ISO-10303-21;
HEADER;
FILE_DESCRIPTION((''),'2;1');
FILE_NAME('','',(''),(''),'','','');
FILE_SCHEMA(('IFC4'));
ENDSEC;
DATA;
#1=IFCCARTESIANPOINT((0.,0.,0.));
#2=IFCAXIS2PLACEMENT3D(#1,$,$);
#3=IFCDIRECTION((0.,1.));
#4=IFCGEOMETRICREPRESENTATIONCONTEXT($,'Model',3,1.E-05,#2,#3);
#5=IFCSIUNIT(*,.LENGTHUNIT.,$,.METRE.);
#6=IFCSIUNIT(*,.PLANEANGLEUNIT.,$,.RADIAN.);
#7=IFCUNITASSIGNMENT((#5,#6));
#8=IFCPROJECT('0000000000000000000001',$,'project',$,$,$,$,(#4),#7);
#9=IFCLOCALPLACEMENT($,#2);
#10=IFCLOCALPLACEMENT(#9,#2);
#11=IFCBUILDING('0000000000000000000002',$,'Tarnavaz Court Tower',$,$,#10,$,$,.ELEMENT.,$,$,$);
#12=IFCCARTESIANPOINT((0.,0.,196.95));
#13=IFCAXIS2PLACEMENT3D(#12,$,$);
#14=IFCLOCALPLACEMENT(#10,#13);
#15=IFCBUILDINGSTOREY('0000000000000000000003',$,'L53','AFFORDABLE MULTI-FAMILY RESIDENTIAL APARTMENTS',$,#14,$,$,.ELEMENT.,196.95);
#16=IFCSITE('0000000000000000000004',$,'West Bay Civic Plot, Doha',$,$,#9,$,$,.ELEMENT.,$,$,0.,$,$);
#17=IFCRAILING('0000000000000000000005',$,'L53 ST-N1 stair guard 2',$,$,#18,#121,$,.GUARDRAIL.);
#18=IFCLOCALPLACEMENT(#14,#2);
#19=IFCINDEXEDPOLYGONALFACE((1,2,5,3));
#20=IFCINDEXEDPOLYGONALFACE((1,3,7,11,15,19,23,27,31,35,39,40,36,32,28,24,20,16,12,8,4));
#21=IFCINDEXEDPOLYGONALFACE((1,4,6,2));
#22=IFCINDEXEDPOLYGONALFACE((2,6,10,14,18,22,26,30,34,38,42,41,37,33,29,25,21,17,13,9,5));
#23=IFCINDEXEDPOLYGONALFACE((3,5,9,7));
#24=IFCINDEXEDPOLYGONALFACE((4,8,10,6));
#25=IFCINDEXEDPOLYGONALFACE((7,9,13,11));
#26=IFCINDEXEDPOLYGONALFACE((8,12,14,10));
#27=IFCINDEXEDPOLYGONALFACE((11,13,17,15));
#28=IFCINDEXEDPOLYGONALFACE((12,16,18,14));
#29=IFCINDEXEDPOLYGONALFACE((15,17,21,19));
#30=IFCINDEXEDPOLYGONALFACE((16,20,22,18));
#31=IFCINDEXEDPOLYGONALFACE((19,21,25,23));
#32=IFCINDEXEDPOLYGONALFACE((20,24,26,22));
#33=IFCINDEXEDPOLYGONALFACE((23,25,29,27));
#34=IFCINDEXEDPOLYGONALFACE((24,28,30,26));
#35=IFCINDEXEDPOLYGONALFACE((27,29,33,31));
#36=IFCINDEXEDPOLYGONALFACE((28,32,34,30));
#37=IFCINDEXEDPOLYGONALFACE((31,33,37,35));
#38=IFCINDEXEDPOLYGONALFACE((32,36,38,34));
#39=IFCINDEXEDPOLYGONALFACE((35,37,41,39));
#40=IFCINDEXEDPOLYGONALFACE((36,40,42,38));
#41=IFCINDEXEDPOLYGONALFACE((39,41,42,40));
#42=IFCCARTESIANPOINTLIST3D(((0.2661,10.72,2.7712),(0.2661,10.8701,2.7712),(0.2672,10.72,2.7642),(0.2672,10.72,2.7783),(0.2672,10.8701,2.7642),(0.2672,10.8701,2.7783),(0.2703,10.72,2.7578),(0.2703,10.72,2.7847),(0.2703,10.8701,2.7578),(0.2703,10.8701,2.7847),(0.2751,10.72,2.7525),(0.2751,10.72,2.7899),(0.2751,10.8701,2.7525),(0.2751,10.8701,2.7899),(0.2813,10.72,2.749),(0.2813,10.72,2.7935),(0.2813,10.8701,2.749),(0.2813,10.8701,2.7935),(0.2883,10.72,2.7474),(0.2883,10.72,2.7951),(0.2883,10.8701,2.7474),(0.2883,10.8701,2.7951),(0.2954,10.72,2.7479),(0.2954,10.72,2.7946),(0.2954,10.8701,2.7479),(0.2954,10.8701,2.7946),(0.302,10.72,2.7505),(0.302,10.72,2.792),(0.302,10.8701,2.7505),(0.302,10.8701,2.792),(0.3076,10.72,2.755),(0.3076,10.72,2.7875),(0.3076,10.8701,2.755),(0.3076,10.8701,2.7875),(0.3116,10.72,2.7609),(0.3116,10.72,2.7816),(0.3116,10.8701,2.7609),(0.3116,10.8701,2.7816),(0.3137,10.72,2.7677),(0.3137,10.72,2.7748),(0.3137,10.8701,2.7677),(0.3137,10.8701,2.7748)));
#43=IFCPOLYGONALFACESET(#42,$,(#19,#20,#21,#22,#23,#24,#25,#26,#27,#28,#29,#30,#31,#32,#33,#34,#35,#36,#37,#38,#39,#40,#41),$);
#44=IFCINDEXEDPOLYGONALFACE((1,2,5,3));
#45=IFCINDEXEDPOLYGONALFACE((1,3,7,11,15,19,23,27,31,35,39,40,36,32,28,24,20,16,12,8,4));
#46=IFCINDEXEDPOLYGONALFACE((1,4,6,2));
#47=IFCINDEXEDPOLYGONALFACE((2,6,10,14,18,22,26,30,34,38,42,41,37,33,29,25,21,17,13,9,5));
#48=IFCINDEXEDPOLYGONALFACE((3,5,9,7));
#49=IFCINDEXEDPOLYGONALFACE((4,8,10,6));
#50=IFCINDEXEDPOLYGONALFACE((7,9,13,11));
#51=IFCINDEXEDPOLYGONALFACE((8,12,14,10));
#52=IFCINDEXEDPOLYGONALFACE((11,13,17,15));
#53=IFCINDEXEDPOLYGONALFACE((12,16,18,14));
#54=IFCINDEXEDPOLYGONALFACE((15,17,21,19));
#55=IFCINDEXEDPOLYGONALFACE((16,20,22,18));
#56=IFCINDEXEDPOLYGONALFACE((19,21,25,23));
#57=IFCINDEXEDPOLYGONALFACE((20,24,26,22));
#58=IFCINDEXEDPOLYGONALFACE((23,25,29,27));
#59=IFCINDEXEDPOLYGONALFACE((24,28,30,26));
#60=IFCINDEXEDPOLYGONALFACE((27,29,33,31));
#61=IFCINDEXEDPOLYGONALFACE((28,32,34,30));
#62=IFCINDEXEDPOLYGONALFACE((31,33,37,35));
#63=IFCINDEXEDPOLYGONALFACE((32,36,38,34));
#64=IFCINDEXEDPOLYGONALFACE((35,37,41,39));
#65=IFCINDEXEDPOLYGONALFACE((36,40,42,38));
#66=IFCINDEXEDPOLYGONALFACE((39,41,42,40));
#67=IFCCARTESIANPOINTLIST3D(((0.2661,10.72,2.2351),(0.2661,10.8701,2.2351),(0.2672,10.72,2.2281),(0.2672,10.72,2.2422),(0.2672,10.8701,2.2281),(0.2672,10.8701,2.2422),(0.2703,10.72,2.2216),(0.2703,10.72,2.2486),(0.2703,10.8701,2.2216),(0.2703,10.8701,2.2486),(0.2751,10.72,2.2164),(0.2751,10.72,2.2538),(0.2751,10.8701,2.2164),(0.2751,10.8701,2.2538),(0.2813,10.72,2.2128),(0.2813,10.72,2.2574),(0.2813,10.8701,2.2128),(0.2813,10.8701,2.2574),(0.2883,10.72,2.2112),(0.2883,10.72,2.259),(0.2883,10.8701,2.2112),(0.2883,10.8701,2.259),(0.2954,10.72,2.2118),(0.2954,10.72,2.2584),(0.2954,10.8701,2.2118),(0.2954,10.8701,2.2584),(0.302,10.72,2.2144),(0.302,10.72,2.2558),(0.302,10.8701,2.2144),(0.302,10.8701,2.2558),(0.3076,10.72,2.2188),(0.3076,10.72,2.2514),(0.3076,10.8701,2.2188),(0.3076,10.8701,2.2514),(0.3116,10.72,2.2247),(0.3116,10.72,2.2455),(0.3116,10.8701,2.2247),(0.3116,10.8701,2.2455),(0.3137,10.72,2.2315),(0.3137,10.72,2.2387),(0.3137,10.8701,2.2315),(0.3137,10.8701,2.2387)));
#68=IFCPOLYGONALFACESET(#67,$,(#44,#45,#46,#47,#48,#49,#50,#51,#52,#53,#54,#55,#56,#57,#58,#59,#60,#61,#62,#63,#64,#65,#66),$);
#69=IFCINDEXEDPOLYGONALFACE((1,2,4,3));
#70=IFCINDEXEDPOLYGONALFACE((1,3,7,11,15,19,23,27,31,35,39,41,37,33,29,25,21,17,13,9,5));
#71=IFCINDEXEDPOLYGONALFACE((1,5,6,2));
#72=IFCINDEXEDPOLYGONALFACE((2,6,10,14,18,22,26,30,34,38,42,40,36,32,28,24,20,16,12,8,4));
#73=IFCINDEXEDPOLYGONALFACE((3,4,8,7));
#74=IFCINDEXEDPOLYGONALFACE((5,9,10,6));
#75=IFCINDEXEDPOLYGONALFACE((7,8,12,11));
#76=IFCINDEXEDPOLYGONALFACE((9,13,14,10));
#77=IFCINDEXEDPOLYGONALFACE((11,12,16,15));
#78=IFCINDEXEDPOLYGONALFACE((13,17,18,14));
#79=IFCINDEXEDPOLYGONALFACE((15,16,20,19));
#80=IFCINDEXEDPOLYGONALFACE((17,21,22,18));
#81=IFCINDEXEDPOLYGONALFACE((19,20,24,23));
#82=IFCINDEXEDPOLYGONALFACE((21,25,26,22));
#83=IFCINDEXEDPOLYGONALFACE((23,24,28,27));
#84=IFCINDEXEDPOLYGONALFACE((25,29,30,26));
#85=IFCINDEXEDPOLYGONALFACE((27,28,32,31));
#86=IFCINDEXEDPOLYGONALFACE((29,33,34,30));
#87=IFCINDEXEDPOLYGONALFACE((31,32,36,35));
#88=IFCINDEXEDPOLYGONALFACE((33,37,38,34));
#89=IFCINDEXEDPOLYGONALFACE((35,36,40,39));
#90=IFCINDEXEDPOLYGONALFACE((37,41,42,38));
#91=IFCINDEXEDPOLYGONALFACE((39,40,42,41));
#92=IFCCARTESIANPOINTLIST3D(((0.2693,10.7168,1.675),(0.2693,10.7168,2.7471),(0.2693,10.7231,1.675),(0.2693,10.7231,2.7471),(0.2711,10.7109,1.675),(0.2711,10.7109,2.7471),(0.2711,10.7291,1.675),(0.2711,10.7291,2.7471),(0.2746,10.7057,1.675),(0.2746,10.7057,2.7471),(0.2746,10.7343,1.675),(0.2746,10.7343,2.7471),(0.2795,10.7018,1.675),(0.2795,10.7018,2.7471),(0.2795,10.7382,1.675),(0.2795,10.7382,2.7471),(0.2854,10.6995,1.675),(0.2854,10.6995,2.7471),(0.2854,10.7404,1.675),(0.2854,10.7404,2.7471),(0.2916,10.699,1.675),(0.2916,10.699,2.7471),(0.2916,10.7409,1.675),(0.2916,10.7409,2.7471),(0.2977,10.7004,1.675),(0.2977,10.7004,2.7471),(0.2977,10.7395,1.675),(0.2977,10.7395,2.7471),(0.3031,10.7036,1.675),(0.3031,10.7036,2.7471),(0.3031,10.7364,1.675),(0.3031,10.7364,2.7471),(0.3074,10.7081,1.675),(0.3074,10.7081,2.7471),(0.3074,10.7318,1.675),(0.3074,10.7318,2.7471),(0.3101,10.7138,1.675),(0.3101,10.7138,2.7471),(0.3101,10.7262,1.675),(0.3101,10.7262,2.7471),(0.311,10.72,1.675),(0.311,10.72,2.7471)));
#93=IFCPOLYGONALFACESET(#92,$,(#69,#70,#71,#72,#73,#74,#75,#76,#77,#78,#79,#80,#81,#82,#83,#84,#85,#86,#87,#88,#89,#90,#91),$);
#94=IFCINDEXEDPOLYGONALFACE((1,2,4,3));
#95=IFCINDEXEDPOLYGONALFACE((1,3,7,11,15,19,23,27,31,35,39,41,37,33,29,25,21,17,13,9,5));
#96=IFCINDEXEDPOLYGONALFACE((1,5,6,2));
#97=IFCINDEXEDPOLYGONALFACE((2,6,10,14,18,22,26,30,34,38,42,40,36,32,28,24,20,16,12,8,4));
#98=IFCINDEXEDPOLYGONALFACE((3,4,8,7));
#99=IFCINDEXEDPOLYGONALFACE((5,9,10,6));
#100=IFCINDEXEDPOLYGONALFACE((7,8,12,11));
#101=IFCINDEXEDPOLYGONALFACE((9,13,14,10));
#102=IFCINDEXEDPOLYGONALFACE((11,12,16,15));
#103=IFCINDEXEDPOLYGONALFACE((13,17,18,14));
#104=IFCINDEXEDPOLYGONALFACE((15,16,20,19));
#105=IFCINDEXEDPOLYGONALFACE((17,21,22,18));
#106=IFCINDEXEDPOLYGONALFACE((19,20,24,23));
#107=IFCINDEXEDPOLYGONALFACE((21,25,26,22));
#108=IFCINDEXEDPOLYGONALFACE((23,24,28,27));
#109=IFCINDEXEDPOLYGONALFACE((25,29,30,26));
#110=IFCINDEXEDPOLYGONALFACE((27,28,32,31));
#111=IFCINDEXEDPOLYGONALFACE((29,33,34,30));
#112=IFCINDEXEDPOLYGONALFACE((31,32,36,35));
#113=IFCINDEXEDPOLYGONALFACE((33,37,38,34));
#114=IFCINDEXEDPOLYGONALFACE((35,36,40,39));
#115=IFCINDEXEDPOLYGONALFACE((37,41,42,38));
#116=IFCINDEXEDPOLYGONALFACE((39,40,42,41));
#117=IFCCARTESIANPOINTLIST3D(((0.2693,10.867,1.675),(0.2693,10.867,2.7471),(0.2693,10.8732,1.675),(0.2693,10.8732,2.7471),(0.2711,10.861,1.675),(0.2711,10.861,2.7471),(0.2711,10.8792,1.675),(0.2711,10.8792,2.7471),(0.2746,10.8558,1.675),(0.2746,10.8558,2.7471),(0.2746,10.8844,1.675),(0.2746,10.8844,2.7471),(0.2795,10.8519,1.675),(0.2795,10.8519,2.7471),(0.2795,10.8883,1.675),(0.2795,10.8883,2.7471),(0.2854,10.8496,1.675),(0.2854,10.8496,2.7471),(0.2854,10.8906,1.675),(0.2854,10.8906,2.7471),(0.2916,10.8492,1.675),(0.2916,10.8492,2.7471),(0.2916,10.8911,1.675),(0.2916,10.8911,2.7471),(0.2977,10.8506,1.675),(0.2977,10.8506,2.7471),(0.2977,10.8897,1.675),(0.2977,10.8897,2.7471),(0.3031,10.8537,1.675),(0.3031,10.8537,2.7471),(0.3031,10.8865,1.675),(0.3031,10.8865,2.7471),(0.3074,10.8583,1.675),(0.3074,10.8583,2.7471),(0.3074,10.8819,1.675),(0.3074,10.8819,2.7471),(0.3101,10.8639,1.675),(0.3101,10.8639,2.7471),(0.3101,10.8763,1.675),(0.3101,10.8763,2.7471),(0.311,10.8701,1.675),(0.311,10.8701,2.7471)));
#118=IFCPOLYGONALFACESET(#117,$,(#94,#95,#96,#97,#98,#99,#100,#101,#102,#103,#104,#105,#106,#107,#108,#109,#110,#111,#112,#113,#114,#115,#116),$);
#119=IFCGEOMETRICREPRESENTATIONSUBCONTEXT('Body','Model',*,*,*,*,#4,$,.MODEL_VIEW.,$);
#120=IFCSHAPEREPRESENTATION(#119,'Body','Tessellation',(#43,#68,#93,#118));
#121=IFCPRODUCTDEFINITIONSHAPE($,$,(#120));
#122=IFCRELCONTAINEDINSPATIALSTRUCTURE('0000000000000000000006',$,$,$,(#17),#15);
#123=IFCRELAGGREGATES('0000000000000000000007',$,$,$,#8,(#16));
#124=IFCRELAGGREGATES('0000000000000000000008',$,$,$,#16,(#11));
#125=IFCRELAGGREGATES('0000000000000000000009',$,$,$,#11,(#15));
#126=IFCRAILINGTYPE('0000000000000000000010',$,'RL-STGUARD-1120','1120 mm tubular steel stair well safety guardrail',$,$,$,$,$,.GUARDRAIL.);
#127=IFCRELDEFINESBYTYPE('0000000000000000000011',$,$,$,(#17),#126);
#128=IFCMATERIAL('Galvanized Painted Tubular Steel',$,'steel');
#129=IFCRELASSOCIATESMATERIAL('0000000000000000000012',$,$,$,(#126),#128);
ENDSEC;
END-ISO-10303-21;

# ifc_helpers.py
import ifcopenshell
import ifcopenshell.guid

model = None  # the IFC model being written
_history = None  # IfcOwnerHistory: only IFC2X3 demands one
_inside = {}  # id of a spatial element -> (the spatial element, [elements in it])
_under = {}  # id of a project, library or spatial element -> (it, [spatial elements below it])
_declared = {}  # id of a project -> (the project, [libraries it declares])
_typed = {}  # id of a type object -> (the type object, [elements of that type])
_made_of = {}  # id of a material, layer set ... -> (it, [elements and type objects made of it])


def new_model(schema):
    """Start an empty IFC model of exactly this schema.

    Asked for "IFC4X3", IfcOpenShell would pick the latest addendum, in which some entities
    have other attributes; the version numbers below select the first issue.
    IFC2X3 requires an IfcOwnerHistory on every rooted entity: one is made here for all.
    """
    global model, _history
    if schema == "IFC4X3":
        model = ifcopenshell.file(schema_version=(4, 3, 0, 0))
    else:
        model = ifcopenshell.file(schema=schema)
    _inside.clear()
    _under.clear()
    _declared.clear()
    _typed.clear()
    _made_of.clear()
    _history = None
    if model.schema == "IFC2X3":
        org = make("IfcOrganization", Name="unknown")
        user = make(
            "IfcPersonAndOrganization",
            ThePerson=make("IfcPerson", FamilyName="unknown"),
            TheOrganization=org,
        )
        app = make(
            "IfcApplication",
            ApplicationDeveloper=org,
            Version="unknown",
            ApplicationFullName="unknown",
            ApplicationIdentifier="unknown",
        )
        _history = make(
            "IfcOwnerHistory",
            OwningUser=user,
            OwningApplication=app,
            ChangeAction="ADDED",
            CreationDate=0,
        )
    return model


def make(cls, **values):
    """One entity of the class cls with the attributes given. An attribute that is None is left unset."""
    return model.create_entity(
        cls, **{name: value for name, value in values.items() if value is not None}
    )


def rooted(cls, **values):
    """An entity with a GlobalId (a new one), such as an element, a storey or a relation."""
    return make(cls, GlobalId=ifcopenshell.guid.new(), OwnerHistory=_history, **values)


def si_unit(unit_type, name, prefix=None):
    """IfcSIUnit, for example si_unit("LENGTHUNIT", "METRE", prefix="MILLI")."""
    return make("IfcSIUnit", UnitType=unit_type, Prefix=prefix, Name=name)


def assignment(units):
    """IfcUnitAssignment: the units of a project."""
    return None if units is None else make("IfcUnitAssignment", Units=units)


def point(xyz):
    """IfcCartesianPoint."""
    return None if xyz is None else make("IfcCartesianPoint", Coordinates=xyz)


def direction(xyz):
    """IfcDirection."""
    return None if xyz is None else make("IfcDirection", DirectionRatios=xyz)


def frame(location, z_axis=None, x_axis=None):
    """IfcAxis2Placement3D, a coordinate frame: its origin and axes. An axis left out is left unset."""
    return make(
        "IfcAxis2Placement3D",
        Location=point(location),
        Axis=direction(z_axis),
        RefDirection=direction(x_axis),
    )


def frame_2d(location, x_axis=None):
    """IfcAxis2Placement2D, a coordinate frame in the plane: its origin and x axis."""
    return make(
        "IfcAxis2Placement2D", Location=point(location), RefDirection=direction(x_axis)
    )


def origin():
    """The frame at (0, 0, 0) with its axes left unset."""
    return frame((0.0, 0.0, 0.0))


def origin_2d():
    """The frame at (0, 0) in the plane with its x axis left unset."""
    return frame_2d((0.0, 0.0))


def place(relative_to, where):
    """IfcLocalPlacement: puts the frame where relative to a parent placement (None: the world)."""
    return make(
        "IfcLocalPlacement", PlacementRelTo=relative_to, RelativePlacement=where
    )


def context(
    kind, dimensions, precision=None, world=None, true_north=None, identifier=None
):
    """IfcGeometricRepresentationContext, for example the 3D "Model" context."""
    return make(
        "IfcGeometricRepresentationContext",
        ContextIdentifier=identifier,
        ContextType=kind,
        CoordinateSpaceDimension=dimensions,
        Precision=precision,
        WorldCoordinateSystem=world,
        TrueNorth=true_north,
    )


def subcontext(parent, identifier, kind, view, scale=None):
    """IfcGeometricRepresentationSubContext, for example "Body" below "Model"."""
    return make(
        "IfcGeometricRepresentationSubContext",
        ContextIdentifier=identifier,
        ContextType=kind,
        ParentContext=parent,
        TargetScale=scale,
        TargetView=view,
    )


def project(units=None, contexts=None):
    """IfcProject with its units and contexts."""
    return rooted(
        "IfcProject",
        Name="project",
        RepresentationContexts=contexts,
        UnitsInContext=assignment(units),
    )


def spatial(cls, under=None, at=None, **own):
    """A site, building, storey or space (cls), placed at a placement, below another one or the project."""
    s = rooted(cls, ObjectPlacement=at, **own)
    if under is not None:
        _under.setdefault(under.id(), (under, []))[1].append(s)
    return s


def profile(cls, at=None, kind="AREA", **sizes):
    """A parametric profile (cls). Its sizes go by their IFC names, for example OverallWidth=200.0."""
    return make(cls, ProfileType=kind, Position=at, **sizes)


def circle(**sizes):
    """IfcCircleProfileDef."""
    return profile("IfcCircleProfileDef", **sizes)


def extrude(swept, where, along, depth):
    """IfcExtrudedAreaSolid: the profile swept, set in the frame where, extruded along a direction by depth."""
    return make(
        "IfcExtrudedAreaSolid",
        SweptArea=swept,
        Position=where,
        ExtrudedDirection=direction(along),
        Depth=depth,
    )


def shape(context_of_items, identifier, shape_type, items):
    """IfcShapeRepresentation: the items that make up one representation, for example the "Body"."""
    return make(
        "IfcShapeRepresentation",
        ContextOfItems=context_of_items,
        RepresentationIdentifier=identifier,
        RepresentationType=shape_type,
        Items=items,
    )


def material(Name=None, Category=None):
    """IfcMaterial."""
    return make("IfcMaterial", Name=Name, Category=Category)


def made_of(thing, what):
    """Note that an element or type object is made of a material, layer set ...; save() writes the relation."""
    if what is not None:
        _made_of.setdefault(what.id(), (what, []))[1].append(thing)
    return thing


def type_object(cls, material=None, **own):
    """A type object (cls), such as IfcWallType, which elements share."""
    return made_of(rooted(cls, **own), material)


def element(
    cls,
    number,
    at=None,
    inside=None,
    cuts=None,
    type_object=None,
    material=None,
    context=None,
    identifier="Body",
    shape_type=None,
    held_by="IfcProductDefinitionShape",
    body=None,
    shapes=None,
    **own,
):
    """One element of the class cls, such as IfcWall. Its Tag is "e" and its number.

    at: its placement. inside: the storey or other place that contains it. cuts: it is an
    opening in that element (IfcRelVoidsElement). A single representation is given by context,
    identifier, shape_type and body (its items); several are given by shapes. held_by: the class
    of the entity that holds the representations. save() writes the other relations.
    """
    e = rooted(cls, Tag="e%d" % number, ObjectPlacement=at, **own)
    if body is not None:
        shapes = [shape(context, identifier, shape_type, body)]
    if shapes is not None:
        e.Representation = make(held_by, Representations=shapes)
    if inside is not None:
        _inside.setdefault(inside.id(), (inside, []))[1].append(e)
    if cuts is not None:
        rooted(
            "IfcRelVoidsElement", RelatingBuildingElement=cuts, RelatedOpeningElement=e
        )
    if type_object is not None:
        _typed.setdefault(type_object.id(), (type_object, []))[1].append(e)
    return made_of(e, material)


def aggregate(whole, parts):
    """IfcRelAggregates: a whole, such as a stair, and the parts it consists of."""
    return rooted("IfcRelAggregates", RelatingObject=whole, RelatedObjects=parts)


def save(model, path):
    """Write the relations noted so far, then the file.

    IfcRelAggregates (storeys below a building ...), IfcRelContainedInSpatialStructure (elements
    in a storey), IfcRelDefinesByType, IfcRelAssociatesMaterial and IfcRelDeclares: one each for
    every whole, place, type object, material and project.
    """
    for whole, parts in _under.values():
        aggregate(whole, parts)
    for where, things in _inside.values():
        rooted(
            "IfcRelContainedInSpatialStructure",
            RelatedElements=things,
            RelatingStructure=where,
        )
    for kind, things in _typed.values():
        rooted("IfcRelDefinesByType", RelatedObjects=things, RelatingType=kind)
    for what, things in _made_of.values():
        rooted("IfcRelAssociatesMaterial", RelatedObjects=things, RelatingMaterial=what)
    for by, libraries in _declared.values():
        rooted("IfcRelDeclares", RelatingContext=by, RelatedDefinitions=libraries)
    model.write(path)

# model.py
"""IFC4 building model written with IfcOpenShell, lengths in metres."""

from ifc_helpers import new_model, si_unit, direction, frame, origin, origin_2d, place, context, subcontext, project, spatial, circle, extrude, material, type_object, element, save


model = new_model("IFC4")

# Units and contexts
model_context = context("Model", 3, precision=1e-05, world=origin(), true_north=direction((0.0, 1.0)))
body_context = subcontext(model_context, "Body", "Model", "MODEL_VIEW")
ifc_project = project(units=[si_unit("LENGTHUNIT", "METRE"), si_unit("PLANEANGLEUNIT", "RADIAN")], contexts=[model_context])

# Site, building, storey
site_placement = place(None, origin())
site = spatial("IfcSite", under=ifc_project, at=site_placement, Name="West Bay Civic Plot, Doha", CompositionType="ELEMENT", RefElevation=0.0)
building_placement = place(site_placement, origin())
building = spatial("IfcBuilding", under=site, at=building_placement, Name="Tarnavaz Court Tower", CompositionType="ELEMENT")
storey_placement = place(building_placement, frame((0.0, 0.0, 196.95)))
storey = spatial("IfcBuildingStorey", under=building, at=storey_placement, Name="L53", Description="AFFORDABLE MULTI-FAMILY RESIDENTIAL APARTMENTS", CompositionType="ELEMENT", Elevation=196.95)

# Railing
ifc_material_1 = material(Name="Galvanized Painted Tubular Steel", Category="steel")
railing_type_1 = type_object("IfcRailingType", Name="RL-STGUARD-1120", Description="1120 mm tubular steel stair well safety guardrail", PredefinedType="GUARDRAIL", material=ifc_material_1)
railing_1_placement = place(storey_placement, frame((0.29, 10.72, 1.675)))
element("IfcRailing", 1, at=railing_1_placement, inside=storey, type_object=railing_type_1, Name="L53 ST-N1 stair guard 2", PredefinedType="GUARDRAIL", context=body_context, shape_type="SweptSolid", body=[
    extrude(circle(Radius=0.0239, at=origin_2d()), frame((0.0, 0.0, 1.0962), z_axis=(0.0, 1.0, 0.0), x_axis=(-1.0, 0.0, 0.0)), (0.0, 0.0, 1.0), 0.1501),
    extrude(circle(Radius=0.0239, at=origin_2d()), frame((0.0, 0.0, 0.5601), z_axis=(0.0, 1.0, 0.0), x_axis=(-1.0, 0.0, 0.0)), (0.0, 0.0, 1.0), 0.1501),
    extrude(circle(Radius=0.021, at=origin_2d()), origin(), (0.0, 0.0, 1.0), 1.072),
    extrude(circle(Radius=0.021, at=origin_2d()), frame((0.0, 0.1501, 0.0)), (0.0, 0.0, 1.0), 1.072),
])

save(model, "model.ifc")
